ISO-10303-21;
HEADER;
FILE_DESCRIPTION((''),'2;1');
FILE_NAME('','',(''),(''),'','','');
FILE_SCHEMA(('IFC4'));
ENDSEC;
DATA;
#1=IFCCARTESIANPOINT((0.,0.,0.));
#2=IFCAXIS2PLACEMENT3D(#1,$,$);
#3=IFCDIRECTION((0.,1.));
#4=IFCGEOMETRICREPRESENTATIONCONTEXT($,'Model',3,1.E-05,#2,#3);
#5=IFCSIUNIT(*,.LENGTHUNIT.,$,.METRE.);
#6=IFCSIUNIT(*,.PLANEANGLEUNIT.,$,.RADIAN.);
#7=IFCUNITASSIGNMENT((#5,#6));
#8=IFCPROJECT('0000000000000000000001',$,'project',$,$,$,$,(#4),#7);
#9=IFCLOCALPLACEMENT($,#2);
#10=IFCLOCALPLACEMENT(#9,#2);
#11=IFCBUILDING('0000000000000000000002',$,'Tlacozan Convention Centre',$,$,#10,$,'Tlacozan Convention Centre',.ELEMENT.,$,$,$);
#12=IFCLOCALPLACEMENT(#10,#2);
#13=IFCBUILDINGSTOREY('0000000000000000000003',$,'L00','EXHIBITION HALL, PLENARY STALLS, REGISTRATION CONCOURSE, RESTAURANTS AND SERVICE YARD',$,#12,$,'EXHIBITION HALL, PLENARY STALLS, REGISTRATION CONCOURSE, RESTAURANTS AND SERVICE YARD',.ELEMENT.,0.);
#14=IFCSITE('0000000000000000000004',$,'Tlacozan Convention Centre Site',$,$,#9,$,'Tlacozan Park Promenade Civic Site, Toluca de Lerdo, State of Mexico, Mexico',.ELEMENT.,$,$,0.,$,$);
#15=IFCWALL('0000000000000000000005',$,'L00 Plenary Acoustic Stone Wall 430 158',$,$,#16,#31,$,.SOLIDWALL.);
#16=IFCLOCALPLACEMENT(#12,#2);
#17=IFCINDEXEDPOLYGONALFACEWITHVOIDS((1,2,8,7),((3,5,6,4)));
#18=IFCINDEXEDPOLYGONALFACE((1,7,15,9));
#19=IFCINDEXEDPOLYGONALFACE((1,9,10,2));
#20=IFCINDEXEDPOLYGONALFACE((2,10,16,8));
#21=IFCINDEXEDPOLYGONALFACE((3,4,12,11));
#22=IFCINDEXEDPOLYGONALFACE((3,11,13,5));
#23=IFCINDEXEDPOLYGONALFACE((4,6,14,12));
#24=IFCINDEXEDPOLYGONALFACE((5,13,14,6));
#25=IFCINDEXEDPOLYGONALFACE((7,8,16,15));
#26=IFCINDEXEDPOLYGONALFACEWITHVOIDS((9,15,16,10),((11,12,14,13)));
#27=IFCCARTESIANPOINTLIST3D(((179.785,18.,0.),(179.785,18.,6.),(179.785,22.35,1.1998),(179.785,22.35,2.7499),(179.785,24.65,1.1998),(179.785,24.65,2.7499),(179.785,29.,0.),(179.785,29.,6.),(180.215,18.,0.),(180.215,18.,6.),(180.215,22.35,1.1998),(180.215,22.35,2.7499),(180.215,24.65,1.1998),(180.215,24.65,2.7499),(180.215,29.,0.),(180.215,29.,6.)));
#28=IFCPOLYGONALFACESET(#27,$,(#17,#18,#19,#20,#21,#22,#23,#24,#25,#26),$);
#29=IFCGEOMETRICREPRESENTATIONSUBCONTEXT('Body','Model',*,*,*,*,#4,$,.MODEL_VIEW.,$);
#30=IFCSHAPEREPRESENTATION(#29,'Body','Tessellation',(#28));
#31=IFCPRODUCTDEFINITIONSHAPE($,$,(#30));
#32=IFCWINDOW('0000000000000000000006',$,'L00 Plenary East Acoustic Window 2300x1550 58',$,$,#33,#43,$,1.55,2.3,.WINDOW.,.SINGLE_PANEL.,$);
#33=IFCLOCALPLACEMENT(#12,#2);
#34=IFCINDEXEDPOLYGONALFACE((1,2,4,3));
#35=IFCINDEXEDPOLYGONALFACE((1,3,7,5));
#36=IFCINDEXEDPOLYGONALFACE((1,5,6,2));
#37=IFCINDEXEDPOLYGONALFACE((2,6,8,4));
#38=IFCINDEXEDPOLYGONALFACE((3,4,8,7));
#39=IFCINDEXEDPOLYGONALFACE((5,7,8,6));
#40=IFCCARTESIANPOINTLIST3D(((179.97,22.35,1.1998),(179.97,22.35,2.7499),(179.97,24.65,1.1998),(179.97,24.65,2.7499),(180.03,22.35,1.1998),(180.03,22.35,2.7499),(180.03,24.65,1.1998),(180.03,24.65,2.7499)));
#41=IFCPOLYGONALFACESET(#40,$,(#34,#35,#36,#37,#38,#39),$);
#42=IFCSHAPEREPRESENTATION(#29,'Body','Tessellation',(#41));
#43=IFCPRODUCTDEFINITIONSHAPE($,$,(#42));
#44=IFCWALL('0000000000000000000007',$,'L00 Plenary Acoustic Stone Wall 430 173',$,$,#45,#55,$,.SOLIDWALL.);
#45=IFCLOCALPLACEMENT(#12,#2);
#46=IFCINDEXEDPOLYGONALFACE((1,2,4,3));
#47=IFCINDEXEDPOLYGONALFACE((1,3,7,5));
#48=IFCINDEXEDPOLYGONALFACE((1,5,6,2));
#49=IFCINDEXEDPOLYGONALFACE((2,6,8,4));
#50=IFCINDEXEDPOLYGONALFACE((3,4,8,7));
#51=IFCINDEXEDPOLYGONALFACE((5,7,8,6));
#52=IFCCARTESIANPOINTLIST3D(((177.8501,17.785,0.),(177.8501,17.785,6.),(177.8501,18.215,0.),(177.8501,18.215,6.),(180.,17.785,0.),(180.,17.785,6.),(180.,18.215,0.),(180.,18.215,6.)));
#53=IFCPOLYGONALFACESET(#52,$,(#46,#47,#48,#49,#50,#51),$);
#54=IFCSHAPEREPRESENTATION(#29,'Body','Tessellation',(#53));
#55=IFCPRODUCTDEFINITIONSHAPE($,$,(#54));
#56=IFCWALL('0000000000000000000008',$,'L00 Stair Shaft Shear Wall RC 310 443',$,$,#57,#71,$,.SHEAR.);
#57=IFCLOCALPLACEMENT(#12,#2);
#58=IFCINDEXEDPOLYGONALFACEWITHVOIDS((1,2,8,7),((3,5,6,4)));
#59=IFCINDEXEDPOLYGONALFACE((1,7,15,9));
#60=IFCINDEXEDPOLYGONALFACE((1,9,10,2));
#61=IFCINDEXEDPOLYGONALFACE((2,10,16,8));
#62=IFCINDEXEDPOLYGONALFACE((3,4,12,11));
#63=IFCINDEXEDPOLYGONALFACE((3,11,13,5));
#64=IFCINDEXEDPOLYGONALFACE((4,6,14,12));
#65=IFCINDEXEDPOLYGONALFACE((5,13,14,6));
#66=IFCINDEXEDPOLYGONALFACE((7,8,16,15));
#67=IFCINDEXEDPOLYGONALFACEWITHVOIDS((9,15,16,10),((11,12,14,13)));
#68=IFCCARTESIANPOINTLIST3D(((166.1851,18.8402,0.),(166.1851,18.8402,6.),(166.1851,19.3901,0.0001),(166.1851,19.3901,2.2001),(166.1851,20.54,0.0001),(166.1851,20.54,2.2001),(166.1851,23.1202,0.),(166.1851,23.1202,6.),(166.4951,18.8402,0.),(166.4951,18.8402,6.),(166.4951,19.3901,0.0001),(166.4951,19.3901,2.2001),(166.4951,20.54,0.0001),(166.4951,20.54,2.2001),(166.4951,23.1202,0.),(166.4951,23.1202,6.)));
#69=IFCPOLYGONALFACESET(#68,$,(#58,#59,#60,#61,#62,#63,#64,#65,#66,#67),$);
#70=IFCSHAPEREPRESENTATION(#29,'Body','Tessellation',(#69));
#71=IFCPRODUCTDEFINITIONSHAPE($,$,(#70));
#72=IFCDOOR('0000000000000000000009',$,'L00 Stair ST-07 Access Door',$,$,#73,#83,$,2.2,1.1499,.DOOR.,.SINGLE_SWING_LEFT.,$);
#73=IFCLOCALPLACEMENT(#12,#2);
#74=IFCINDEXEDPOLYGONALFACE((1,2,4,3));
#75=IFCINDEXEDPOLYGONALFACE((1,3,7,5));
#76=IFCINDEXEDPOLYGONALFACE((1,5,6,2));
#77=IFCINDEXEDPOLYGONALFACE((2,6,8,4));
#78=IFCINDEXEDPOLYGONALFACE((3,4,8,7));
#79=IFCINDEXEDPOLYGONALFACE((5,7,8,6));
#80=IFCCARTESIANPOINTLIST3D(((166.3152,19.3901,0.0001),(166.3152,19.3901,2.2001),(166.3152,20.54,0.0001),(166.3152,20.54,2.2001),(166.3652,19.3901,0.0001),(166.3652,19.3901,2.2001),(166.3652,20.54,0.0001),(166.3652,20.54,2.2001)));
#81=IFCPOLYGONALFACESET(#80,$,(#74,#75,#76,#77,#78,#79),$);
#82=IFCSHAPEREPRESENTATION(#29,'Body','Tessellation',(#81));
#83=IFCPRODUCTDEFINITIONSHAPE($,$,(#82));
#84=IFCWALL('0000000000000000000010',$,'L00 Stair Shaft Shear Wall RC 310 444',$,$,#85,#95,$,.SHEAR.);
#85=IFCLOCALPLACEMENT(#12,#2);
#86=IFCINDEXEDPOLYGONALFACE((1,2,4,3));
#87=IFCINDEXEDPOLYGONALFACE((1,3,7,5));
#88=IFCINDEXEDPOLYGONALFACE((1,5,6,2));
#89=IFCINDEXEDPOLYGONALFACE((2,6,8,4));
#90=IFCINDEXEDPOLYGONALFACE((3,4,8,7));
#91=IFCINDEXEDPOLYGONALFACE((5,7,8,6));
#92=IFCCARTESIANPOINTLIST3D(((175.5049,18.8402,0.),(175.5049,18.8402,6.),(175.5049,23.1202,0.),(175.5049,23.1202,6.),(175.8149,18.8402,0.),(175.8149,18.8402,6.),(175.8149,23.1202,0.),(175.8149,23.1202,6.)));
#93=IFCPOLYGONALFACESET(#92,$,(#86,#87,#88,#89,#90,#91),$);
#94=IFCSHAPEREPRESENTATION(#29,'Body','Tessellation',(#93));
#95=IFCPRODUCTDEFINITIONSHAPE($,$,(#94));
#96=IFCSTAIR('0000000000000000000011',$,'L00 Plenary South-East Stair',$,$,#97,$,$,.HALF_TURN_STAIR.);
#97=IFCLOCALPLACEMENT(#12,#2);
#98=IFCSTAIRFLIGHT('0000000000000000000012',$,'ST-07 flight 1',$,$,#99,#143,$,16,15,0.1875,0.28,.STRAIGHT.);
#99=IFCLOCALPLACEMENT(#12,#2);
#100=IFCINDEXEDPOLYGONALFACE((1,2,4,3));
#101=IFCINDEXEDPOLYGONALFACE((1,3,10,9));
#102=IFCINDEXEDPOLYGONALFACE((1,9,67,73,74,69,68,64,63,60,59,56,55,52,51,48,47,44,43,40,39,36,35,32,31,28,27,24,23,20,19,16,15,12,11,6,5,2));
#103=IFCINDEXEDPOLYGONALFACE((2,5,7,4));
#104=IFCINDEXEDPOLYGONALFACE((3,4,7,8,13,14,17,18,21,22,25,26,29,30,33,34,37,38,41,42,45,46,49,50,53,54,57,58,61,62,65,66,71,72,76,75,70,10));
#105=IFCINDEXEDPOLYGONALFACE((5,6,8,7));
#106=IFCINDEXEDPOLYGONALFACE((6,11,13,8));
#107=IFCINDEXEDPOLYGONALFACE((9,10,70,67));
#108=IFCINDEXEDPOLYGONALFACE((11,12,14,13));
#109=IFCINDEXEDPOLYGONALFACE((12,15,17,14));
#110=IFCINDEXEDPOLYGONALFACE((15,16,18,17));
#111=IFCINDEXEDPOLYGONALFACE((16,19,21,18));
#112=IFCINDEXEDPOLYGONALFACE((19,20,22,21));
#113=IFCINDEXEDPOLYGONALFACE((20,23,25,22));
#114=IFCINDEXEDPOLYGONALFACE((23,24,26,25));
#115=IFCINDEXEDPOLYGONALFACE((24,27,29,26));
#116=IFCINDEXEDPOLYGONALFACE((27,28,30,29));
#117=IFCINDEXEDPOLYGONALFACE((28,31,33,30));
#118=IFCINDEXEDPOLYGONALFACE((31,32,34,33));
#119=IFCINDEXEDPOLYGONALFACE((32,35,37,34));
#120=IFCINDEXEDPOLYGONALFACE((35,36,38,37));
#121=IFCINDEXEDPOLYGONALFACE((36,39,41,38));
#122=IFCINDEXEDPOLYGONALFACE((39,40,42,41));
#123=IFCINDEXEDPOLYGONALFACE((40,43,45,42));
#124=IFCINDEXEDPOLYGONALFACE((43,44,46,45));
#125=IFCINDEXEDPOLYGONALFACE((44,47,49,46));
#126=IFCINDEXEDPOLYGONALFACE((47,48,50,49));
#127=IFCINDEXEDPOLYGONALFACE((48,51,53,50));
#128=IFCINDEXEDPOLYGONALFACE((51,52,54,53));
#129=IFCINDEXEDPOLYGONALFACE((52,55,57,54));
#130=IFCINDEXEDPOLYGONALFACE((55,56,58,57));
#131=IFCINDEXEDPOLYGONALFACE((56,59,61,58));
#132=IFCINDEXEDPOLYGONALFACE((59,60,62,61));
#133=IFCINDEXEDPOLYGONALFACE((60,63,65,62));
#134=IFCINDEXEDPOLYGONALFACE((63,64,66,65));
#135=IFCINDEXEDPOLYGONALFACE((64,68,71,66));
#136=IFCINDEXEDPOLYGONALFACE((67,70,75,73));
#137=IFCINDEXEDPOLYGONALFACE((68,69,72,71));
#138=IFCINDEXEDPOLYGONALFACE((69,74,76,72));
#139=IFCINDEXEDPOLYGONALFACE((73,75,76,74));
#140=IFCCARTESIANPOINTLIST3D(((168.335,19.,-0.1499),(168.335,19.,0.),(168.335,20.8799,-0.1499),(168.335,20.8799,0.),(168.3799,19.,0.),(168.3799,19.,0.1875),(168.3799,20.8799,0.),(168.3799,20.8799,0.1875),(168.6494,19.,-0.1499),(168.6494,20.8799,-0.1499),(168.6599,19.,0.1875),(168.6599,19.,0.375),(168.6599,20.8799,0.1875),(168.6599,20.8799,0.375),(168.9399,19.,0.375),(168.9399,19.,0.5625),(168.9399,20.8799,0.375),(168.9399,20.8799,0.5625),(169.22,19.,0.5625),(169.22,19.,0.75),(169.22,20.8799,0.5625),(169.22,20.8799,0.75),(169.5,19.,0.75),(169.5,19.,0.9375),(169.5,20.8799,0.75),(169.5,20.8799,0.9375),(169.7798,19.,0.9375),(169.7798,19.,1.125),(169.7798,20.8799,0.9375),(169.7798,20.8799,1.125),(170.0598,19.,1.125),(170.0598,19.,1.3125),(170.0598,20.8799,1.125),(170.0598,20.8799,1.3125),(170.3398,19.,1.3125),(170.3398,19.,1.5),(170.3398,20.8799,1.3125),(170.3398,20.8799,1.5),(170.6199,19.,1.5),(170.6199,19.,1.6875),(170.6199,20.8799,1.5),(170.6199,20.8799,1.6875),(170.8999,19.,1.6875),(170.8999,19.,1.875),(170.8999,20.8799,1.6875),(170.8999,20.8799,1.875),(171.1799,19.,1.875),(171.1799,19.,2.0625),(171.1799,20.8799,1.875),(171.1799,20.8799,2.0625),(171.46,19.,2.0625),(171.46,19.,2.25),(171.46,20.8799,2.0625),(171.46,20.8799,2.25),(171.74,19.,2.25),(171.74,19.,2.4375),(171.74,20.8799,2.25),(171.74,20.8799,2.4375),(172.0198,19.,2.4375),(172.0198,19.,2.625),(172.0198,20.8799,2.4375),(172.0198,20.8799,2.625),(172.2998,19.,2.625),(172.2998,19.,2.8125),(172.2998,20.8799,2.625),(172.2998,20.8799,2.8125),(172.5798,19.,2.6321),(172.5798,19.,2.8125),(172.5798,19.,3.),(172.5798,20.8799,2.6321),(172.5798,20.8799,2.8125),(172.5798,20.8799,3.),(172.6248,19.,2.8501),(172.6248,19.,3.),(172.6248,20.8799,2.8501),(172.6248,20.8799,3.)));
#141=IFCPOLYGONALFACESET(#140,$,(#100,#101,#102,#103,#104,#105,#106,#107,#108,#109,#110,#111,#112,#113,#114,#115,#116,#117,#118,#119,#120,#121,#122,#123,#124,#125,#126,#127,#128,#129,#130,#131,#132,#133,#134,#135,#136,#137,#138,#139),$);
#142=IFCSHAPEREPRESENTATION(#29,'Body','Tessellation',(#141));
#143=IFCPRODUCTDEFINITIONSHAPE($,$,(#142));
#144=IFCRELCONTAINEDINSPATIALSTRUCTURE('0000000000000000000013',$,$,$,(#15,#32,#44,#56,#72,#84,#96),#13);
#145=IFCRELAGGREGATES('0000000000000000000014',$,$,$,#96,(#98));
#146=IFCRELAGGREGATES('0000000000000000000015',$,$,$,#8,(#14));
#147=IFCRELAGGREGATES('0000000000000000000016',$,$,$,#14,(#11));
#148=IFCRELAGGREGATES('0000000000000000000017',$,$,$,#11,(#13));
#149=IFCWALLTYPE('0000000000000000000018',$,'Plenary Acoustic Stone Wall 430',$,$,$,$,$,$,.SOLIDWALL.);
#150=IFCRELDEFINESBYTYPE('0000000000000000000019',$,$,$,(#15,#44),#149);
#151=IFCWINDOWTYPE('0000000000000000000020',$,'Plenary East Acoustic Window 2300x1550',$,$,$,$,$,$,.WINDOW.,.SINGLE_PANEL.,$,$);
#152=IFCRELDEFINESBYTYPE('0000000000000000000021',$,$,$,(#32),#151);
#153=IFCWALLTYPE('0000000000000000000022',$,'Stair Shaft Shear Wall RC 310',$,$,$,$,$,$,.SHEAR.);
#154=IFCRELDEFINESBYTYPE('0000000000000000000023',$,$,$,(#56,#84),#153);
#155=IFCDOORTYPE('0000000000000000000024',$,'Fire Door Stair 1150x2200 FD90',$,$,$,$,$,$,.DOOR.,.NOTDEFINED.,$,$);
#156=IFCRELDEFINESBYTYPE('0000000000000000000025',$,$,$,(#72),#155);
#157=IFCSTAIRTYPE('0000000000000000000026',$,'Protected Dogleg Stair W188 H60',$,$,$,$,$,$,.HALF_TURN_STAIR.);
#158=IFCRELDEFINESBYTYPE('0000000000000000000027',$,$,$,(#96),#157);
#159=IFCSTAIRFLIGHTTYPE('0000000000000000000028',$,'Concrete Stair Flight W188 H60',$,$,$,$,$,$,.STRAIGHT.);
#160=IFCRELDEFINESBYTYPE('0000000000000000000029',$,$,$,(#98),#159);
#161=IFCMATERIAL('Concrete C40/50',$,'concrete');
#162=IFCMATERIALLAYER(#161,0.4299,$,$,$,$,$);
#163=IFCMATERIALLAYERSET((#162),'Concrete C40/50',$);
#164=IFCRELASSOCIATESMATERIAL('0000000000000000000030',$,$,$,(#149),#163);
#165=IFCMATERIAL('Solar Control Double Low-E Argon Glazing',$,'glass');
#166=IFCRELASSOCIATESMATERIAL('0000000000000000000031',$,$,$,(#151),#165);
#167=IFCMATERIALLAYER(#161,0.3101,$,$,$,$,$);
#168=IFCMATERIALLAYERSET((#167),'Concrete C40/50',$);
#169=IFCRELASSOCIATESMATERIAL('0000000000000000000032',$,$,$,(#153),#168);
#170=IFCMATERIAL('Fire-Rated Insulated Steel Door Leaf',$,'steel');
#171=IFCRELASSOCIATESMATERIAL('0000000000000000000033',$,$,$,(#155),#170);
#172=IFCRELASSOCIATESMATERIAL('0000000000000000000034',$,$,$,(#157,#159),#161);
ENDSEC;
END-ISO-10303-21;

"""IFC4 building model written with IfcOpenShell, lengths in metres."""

from ifc_helpers import new_model, si_unit, direction, frame, frame_2d, origin, place, context, subcontext, project, spatial, polyline, rectangle, outline, extrude, material, layer, layer_set, type_object, element, fill, aggregate, save


model = new_model("IFC4")

# Units and contexts
model_context = context("Model", 3, precision=1e-05, world=origin(), true_north=direction((0.0, 1.0)))
body_context = subcontext(model_context, "Body", "Model", "MODEL_VIEW")
ifc_project = project(units=[si_unit("LENGTHUNIT", "METRE"), si_unit("PLANEANGLEUNIT", "RADIAN")], contexts=[model_context])

# Site, building, storey
site_placement = place(None, origin())
site = spatial("IfcSite", under=ifc_project, at=site_placement, Name="Tlacozan Convention Centre Site", LongName="Tlacozan Park Promenade Civic Site, Toluca de Lerdo, State of Mexico, Mexico", CompositionType="ELEMENT", RefElevation=0.0)
building_placement = place(site_placement, origin())
building = spatial("IfcBuilding", under=site, at=building_placement, Name="Tlacozan Convention Centre", LongName="Tlacozan Convention Centre", CompositionType="ELEMENT")
storey_placement = place(building_placement, origin())
storey = spatial("IfcBuildingStorey", under=building, at=storey_placement, Name="L00", Description="EXHIBITION HALL, PLENARY STALLS, REGISTRATION CONCOURSE, RESTAURANTS AND SERVICE YARD", LongName="EXHIBITION HALL, PLENARY STALLS, REGISTRATION CONCOURSE, RESTAURANTS AND SERVICE YARD", CompositionType="ELEMENT", Elevation=0.0)

# Shared definitions
ifc_material_1 = material(Name="Concrete C40/50", Category="concrete")

# Wall, opening, window
ifc_layer_1 = layer(ifc_material_1, 0.4299)
ifc_layer_set_1 = layer_set([ifc_layer_1], Name="Concrete C40/50")
wall_type_1 = type_object("IfcWallType", Name="Plenary Acoustic Stone Wall 430", PredefinedType="SOLIDWALL", material=ifc_layer_set_1)
ifc_material_2 = material(Name="Solar Control Double Low-E Argon Glazing", Category="glass")
wall_1_placement = place(storey_placement, frame((180.0, 18.0, 0.0), z_axis=(0.0, 0.0, 1.0), x_axis=(0.0, 1.0, 0.0)))
wall_1 = element("IfcWall", 1, at=wall_1_placement, inside=storey, type_object=wall_type_1, Name="L00 Plenary Acoustic Stone Wall 430 158", PredefinedType="SOLIDWALL", context=body_context, shape_type="SweptSolid", body=[
    extrude(rectangle(XDim=11.0, YDim=0.4299, at=frame_2d((5.5, 0.0))), origin(), (0.0, 0.0, 1.0), 6.0),
])
opening_1_placement = place(wall_1_placement, frame((4.3501, 0.0, 1.2)))
opening_1 = element("IfcOpeningElement", 2, at=opening_1_placement, cuts=wall_1, PredefinedType="OPENING", context=body_context, shape_type="SweptSolid", body=[
    extrude(rectangle(XDim=2.3, YDim=1.55, at=frame_2d((1.1499, 0.7749))), frame((0.0, 0.2249, 0.0), z_axis=(0.0, -1.0, 0.0), x_axis=(1.0, 0.0, 0.0)), (0.0, 0.0, 1.0), 0.45),
])
window_type_1 = type_object("IfcWindowType", Name="Plenary East Acoustic Window 2300x1550", PartitioningType="SINGLE_PANEL", PredefinedType="WINDOW", material=ifc_material_2)
window_1_placement = place(opening_1_placement, origin())
window_1 = element("IfcWindow", 3, at=window_1_placement, inside=storey, type_object=window_type_1, Name="L00 Plenary East Acoustic Window 2300x1550 58", OverallHeight=1.55, OverallWidth=2.3, PartitioningType="SINGLE_PANEL", PredefinedType="WINDOW", context=body_context, shape_type="SweptSolid", body=[
    extrude(rectangle(XDim=2.3, YDim=1.55, at=frame_2d((1.1499, 0.7749))), frame((0.0, 0.03, 0.0), z_axis=(0.0, -1.0, 0.0), x_axis=(1.0, 0.0, 0.0)), (0.0, 0.0, 1.0), 0.0601),
])
fill(opening_1, window_1)

# Wall
wall_2_placement = place(storey_placement, frame((177.8501, 18.0, 0.0), z_axis=(0.0, 0.0, 1.0), x_axis=(1.0, 0.0, 0.0)))
element("IfcWall", 4, at=wall_2_placement, inside=storey, type_object=wall_type_1, Name="L00 Plenary Acoustic Stone Wall 430 173", PredefinedType="SOLIDWALL", context=body_context, shape_type="SweptSolid", body=[
    extrude(rectangle(XDim=2.1499, YDim=0.4299, at=frame_2d((1.075, 0.0))), origin(), (0.0, 0.0, 1.0), 6.0),
])

# Wall, opening, door
ifc_layer_2 = layer(ifc_material_1, 0.3101)
ifc_layer_set_2 = layer_set([ifc_layer_2], Name="Concrete C40/50")
wall_type_2 = type_object("IfcWallType", Name="Stair Shaft Shear Wall RC 310", PredefinedType="SHEAR", material=ifc_layer_set_2)
wall_3_placement = place(storey_placement, frame((166.3401, 18.8401, 0.0), z_axis=(0.0, 0.0, 1.0), x_axis=(0.0, 1.0, 0.0)))
wall_3 = element("IfcWall", 5, at=wall_3_placement, inside=storey, type_object=wall_type_2, Name="L00 Stair Shaft Shear Wall RC 310 443", PredefinedType="SHEAR", context=body_context, shape_type="SweptSolid", body=[
    extrude(rectangle(XDim=4.28, YDim=0.3101, at=frame_2d((2.1401, 0.0))), origin(), (0.0, 0.0, 1.0), 6.0),
])
opening_2_placement = place(wall_3_placement, frame((0.55, 0.0, 0.0)))
opening_2 = element("IfcOpeningElement", 6, at=opening_2_placement, cuts=wall_3, PredefinedType="OPENING", context=body_context, shape_type="SweptSolid", body=[
    extrude(rectangle(XDim=1.1499, YDim=2.2, at=frame_2d((0.575, 1.1001))), frame((0.0, 0.165, 0.0), z_axis=(0.0, -1.0, 0.0), x_axis=(1.0, 0.0, 0.0)), (0.0, 0.0, 1.0), 0.3301),
])
ifc_material_3 = material(Name="Fire-Rated Insulated Steel Door Leaf", Category="steel")
door_type = type_object("IfcDoorType", Name="Fire Door Stair 1150x2200 FD90", OperationType="NOTDEFINED", PredefinedType="DOOR", material=ifc_material_3)
door_placement = place(opening_2_placement, origin())
door = element("IfcDoor", 7, at=door_placement, inside=storey, type_object=door_type, Name="L00 Stair ST-07 Access Door", OperationType="SINGLE_SWING_LEFT", OverallHeight=2.2, OverallWidth=1.1499, PredefinedType="DOOR", context=body_context, shape_type="SweptSolid", body=[
    extrude(rectangle(XDim=1.1499, YDim=2.2, at=frame_2d((0.575, 1.1001))), frame((0.0, 0.0249, 0.0), z_axis=(0.0, -1.0, 0.0), x_axis=(1.0, 0.0, 0.0)), (0.0, 0.0, 1.0), 0.05),
])
fill(opening_2, door)

# Wall
wall_4_placement = place(storey_placement, frame((175.6599, 18.8401, 0.0), z_axis=(0.0, 0.0, 1.0), x_axis=(0.0, 1.0, 0.0)))
element("IfcWall", 8, at=wall_4_placement, inside=storey, type_object=wall_type_2, Name="L00 Stair Shaft Shear Wall RC 310 444", PredefinedType="SHEAR", context=body_context, shape_type="SweptSolid", body=[
    extrude(rectangle(XDim=4.28, YDim=0.3101, at=frame_2d((2.1401, 0.0))), origin(), (0.0, 0.0, 1.0), 6.0),
])

# Stair, stair flight
stair_type = type_object("IfcStairType", Name="Protected Dogleg Stair W188 H60", PredefinedType="HALF_TURN_STAIR", material=ifc_material_1)
stair_placement = place(storey_placement, origin())
stair = element("IfcStair", 9, at=stair_placement, inside=storey, type_object=stair_type, Name="L00 Plenary South-East Stair", PredefinedType="HALF_TURN_STAIR")
stair_flight_type = type_object("IfcStairFlightType", Name="Concrete Stair Flight W188 H60", PredefinedType="STRAIGHT", material=ifc_material_1)
stair_flight_1_placement = place(storey_placement, frame((168.3799, 19.9399, 0.0), z_axis=(0.0, 0.0, 1.0), x_axis=(1.0, 0.0, 0.0)))
stair_flight_1 = element("IfcStairFlight", 10, at=stair_flight_1_placement, type_object=stair_flight_type, Name="ST-07 flight 1", NumberOfRisers=16, NumberOfTreads=15, PredefinedType="STRAIGHT", RiserHeight=0.1875, TreadLength=0.28, context=body_context, shape_type="SweptSolid", body=[
    extrude(outline(polyline([(-0.0449, -0.1499), (-0.0449, 0.0), (0.0, 0.0), (0.0, 0.1875), (0.28, 0.1875), (0.28, 0.375), (0.5601, 0.375), (0.5601, 0.5625), (0.8401, 0.5625), (0.8401, 0.75), (1.1201, 0.75), (1.1201, 0.9375), (1.3999, 0.9375), (1.3999, 1.125), (1.6799, 1.125), (1.6799, 1.3125), (1.96, 1.3125), (1.96, 1.5), (2.24, 1.5), (2.24, 1.6875), (2.52, 1.6875), (2.52, 1.875), (2.8, 1.875), (2.8, 2.0625), (3.0801, 2.0625), (3.0801, 2.25), (3.3601, 2.25), (3.3601, 2.4375), (3.6399, 2.4375), (3.6399, 2.625), (3.9199, 2.625), (3.9199, 2.8125), (4.2, 2.8125), (4.2, 3.0), (4.2449, 3.0), (4.2449, 2.8501), (4.2, 2.6321), (0.2695, -0.1499), (-0.0449, -0.1499)])), frame((0.0, 0.9399, 0.0), z_axis=(0.0, -1.0, 0.0), x_axis=(1.0, 0.0, 0.0)), (0.0, 0.0, 1.0), 1.8799),
])
aggregate(stair, [stair_flight_1])

save(model, "model.ifc")
